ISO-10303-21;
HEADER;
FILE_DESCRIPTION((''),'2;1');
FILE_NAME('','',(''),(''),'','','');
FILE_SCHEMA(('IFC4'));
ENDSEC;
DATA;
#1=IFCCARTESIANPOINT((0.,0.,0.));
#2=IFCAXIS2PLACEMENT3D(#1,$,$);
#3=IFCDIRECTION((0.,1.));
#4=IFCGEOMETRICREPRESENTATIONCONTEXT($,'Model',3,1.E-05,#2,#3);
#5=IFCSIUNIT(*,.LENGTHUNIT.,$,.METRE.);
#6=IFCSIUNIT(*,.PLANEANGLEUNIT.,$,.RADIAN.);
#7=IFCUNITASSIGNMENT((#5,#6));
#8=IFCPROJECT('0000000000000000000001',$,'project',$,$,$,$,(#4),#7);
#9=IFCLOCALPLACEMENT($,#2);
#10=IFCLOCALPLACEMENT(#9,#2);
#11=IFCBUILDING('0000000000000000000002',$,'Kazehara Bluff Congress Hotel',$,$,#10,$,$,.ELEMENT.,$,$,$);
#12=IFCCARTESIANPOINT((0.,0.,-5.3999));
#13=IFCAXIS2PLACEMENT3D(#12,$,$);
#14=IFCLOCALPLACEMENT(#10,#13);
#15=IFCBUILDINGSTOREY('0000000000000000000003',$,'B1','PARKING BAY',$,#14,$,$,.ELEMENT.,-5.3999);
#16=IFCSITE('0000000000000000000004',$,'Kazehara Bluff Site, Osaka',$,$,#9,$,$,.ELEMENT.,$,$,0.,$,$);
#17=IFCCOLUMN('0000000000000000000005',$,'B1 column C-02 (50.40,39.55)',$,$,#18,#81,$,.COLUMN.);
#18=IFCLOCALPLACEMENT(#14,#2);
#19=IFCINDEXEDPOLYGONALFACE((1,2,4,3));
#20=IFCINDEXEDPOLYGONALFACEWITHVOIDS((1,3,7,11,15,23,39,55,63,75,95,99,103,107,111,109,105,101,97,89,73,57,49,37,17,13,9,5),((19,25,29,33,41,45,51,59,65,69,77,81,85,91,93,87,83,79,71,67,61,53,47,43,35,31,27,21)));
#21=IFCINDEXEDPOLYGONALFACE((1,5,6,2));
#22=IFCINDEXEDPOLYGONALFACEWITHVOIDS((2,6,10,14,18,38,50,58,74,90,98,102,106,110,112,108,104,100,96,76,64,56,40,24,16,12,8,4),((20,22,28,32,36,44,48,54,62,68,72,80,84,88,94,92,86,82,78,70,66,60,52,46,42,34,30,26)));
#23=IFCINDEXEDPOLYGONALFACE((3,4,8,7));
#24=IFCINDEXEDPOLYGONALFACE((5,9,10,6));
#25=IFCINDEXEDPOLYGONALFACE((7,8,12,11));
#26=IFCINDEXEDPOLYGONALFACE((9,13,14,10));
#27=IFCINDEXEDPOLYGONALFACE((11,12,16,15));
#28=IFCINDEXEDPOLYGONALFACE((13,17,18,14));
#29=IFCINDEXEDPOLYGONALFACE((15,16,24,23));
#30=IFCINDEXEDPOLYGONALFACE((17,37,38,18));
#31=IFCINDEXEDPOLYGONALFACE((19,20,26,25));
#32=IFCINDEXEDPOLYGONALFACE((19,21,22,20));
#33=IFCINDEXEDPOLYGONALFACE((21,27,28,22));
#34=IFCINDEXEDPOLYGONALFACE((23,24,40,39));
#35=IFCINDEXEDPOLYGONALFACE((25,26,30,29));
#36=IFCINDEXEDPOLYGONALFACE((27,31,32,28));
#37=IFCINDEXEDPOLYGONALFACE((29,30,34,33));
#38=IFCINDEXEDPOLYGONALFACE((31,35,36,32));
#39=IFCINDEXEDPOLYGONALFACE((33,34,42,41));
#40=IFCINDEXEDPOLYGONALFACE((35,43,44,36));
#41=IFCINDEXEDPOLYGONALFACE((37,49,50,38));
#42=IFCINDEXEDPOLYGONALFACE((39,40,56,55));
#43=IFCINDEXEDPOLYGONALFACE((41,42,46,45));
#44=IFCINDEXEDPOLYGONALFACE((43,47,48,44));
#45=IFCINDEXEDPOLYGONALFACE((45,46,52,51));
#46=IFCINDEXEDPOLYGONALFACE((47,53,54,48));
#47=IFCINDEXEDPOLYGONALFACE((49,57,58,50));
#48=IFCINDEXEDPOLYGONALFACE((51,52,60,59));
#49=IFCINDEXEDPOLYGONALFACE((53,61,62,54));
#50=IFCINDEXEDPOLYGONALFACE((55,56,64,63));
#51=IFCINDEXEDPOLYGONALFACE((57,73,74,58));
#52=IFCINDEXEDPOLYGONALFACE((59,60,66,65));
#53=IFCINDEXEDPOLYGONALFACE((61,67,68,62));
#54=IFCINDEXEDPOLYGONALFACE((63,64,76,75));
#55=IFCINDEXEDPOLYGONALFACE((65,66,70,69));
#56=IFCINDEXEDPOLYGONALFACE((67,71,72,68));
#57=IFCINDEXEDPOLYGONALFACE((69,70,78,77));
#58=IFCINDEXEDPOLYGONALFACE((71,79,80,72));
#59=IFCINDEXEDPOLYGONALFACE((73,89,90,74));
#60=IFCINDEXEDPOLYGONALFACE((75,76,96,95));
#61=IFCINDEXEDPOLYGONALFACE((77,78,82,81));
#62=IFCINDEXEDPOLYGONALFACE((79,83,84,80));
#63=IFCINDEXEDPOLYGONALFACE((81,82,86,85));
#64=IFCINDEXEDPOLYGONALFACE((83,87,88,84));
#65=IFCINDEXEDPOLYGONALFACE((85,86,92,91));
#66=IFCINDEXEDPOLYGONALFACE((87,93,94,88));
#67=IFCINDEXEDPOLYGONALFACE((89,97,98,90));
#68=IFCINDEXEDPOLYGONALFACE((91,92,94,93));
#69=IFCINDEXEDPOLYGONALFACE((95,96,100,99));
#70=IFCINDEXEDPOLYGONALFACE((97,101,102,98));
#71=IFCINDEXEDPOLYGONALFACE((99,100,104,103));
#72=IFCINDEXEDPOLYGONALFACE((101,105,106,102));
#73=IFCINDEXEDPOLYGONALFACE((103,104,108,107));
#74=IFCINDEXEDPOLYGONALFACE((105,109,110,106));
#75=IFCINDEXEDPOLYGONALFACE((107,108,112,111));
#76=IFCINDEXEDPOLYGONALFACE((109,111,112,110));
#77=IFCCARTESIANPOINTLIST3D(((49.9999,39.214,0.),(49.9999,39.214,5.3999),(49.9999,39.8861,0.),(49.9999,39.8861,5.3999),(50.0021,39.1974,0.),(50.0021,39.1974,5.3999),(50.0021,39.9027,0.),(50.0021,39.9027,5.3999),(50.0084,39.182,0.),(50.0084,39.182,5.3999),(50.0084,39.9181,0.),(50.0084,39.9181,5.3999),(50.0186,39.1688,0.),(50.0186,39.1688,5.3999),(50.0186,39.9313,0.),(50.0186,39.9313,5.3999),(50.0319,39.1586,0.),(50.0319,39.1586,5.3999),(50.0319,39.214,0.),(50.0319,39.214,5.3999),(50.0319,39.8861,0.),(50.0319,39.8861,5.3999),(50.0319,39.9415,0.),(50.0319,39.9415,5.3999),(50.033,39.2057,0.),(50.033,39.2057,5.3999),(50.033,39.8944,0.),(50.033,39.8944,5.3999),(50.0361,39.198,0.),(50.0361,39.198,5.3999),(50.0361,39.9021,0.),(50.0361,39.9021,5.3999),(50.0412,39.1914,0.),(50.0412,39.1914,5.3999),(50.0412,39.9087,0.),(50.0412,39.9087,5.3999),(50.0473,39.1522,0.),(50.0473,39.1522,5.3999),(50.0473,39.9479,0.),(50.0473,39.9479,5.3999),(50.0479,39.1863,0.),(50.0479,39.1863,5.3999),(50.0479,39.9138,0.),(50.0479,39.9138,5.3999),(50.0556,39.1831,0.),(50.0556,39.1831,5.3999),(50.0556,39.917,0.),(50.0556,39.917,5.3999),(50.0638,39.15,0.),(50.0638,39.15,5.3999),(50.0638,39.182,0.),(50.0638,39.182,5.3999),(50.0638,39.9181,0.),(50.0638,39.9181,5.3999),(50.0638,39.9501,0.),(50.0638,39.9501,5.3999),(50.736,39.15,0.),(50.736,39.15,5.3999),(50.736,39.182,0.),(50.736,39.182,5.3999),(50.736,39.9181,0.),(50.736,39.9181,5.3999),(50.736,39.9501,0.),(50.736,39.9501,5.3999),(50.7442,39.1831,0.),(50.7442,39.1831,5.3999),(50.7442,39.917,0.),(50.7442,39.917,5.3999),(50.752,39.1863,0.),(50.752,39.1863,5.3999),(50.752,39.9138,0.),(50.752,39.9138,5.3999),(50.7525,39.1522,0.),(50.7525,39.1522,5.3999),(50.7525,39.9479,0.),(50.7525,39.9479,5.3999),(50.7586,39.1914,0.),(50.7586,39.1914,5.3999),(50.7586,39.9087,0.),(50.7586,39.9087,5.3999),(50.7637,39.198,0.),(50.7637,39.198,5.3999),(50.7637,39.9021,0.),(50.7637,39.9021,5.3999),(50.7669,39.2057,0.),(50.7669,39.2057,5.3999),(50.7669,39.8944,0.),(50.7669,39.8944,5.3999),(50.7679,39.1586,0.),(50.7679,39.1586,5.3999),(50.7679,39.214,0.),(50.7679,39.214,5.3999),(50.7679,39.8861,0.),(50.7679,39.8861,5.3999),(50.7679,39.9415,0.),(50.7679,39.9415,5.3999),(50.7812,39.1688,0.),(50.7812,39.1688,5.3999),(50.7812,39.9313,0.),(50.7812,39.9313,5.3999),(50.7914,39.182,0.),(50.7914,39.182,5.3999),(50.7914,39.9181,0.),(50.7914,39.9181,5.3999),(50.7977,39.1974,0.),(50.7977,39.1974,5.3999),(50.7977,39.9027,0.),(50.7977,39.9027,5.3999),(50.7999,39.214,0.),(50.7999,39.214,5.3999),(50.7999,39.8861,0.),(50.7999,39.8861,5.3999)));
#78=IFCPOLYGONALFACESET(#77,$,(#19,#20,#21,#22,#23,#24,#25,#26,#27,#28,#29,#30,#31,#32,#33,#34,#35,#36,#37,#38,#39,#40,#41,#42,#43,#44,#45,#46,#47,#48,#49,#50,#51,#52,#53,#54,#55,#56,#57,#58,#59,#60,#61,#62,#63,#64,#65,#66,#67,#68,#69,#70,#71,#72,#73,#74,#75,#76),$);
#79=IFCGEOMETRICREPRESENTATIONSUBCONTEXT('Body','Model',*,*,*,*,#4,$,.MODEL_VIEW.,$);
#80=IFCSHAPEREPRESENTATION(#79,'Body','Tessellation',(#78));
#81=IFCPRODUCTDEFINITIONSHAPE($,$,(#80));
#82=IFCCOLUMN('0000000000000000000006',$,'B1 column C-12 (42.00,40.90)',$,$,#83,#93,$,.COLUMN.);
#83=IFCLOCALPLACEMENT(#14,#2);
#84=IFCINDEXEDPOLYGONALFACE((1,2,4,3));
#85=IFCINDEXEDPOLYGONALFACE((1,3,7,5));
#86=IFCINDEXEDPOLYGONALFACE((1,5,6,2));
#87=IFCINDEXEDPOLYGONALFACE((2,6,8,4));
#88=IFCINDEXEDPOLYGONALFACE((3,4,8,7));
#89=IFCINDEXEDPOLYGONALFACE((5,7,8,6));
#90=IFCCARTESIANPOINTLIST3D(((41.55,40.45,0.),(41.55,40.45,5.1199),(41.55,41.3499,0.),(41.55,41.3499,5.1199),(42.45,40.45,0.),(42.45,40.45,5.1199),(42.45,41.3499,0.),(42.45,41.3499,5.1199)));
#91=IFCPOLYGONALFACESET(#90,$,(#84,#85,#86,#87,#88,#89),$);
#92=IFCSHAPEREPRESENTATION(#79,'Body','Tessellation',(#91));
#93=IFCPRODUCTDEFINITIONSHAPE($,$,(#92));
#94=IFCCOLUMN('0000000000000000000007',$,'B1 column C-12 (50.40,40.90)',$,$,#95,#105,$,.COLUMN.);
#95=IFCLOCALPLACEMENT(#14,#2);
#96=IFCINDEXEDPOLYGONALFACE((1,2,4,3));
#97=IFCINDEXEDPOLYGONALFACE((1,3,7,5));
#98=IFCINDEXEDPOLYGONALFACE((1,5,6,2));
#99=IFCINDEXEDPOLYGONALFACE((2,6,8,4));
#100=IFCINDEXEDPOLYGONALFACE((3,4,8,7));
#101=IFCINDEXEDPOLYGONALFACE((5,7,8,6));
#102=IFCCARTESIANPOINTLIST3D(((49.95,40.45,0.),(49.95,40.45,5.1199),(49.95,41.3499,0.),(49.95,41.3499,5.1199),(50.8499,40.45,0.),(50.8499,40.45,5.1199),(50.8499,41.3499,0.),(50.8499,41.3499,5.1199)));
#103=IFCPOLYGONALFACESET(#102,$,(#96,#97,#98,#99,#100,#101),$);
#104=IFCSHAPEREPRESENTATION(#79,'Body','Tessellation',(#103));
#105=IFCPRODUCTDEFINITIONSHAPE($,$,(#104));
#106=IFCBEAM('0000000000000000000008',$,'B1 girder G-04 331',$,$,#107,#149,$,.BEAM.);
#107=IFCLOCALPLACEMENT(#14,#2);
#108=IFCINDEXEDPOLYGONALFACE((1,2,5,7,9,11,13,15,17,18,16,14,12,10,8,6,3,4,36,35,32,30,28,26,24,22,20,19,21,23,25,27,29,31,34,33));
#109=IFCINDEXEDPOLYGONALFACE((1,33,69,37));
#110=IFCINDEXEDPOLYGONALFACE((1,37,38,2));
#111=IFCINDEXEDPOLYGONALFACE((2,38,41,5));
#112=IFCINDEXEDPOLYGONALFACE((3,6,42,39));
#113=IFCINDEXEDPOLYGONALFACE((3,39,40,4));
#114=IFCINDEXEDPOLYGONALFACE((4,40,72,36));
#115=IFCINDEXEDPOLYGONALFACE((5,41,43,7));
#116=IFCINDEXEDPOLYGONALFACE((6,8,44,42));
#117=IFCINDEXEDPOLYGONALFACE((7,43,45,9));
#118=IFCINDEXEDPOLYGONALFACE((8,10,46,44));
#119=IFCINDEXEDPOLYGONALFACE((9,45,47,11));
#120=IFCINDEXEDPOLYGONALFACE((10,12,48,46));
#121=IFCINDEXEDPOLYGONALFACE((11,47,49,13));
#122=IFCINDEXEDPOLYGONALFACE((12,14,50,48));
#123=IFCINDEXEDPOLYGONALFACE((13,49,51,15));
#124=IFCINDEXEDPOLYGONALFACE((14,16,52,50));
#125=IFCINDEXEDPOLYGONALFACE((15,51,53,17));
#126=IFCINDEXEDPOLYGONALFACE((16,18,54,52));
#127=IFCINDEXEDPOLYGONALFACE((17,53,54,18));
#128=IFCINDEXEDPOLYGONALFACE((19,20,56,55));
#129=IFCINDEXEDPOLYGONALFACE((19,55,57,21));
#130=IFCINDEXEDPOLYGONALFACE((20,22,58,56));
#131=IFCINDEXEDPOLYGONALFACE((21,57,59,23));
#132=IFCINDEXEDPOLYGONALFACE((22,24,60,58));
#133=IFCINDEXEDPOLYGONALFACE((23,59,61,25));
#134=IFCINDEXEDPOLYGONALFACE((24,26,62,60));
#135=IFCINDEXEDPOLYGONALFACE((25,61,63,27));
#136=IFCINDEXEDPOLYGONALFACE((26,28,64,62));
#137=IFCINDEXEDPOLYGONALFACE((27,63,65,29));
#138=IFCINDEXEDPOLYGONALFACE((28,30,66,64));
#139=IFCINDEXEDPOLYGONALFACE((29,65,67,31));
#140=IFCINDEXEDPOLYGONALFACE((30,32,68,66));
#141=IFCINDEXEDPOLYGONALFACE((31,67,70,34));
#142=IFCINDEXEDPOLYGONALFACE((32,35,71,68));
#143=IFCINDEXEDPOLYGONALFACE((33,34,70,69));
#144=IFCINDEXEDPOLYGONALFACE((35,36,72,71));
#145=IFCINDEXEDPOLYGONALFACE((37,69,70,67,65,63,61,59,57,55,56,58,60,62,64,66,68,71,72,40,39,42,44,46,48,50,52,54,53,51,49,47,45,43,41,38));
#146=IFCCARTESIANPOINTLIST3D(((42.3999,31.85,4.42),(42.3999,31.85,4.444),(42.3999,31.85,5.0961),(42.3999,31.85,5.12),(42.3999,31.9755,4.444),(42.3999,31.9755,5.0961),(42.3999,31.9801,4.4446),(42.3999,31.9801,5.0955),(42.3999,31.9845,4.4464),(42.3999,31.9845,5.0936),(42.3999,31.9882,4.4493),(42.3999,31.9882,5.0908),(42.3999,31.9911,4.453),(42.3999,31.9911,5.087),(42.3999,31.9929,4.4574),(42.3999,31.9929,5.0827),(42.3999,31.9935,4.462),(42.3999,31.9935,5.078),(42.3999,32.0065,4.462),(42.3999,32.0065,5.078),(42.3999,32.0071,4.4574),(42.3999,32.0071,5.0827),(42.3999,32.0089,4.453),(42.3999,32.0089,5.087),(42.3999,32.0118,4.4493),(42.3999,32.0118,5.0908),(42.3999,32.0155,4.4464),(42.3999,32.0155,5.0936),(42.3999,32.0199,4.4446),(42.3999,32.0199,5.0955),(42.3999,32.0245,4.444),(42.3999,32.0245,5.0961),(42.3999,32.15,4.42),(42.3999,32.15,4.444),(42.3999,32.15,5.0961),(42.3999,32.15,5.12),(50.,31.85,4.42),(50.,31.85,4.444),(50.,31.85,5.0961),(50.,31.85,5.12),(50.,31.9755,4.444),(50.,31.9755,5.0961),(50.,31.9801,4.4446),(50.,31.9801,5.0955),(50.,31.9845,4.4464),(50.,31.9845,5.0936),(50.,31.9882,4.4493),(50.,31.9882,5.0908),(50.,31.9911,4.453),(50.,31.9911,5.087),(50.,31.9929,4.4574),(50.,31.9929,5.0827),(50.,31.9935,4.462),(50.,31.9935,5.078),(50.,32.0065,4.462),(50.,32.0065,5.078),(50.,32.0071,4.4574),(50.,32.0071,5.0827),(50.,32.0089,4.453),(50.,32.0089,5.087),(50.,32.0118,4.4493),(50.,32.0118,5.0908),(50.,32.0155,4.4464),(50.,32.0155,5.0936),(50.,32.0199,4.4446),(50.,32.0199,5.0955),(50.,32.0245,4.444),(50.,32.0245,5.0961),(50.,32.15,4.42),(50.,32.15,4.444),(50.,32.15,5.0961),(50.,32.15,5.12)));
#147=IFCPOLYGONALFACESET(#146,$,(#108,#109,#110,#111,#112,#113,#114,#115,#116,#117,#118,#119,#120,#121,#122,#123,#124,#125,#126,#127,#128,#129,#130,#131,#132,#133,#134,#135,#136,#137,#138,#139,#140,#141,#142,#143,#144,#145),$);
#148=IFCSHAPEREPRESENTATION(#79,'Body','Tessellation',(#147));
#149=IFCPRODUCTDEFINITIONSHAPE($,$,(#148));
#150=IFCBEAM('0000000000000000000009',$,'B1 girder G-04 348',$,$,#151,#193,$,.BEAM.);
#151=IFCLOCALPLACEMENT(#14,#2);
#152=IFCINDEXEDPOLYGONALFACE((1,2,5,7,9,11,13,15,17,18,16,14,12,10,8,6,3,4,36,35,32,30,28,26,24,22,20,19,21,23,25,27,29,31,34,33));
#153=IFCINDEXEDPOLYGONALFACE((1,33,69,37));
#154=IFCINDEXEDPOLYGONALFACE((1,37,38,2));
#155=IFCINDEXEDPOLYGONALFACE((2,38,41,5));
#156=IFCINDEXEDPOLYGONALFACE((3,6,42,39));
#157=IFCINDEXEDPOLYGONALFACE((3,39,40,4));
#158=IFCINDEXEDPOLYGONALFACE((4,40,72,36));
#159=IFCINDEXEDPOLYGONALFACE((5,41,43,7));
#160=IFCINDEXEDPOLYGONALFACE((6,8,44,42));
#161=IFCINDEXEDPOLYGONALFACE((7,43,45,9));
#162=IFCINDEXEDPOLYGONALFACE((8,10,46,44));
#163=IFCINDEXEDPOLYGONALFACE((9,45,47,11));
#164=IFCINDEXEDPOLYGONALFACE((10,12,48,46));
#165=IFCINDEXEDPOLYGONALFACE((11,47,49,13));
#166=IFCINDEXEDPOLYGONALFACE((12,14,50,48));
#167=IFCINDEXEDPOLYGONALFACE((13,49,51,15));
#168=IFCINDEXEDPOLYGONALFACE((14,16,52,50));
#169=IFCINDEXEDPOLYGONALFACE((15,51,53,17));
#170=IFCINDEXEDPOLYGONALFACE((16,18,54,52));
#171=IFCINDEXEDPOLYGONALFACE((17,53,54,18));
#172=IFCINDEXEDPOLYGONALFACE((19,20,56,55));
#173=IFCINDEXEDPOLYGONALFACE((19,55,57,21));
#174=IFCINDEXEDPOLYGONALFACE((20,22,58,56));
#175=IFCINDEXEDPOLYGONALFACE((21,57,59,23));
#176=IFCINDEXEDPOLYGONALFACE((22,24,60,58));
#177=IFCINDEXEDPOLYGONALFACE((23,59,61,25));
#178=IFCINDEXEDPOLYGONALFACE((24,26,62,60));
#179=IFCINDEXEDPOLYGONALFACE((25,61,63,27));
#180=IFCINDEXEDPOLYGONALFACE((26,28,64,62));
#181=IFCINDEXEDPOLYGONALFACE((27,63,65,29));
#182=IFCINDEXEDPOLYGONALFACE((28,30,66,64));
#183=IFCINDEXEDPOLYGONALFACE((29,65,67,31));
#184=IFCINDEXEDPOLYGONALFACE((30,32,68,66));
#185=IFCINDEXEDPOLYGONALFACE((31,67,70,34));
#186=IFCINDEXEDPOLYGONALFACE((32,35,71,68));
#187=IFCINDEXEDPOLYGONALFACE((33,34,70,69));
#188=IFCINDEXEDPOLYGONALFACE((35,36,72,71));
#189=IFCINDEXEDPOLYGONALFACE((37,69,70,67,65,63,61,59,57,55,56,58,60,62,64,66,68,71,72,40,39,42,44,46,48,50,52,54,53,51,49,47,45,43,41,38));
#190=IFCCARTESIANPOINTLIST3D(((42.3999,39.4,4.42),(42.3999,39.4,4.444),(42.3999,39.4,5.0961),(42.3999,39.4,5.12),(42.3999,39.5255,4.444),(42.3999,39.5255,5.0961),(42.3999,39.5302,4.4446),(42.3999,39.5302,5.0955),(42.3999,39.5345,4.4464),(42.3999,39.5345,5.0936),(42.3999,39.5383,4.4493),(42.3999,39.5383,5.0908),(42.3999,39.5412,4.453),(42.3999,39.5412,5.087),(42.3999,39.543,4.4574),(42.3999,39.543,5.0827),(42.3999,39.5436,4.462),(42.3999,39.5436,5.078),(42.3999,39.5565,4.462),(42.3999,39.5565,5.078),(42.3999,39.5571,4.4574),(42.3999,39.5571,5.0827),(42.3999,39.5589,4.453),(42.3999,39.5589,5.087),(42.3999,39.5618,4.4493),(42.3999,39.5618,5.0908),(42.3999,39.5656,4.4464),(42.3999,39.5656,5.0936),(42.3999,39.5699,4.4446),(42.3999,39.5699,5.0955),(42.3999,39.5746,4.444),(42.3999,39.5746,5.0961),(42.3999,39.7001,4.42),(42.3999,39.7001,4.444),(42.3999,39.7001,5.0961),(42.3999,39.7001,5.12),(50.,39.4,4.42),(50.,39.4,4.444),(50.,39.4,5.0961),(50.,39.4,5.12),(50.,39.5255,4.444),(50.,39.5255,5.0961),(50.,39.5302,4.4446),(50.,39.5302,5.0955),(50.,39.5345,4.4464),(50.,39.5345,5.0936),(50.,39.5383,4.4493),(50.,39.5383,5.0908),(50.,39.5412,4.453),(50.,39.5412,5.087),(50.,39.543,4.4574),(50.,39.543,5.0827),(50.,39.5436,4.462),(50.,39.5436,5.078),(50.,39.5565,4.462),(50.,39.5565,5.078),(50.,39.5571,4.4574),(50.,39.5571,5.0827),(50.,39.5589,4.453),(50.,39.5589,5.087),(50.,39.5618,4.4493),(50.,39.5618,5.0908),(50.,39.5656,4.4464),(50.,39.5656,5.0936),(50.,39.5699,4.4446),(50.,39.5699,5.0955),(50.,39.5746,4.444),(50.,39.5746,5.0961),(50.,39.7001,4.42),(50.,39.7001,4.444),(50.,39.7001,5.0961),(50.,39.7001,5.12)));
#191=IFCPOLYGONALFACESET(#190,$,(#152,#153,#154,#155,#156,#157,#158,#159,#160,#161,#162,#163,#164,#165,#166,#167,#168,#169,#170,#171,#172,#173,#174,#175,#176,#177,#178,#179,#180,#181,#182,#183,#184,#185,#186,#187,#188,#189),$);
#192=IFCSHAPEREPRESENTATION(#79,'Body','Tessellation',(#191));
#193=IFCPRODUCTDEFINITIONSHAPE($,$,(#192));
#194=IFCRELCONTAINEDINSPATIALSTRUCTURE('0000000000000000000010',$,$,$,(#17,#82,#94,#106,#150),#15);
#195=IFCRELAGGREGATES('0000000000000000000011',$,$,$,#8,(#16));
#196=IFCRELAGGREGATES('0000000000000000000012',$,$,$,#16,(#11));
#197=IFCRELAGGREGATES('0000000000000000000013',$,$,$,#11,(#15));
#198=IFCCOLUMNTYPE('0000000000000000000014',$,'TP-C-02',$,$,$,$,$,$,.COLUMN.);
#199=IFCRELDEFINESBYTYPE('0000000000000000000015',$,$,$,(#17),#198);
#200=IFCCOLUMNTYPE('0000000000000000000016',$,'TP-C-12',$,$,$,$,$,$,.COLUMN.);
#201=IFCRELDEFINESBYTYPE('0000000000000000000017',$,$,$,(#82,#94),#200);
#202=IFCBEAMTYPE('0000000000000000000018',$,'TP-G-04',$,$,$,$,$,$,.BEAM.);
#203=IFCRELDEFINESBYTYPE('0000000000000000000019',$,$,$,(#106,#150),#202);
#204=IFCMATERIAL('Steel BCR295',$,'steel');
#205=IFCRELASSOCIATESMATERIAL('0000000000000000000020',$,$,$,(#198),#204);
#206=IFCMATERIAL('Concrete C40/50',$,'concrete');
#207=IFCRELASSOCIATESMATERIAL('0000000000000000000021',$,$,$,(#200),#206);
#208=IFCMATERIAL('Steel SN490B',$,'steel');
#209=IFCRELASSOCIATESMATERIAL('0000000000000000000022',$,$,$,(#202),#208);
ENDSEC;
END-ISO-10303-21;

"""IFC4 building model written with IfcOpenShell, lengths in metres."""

from ifc_helpers import new_model, si_unit, direction, frame, origin, origin_2d, place, context, subcontext, project, spatial, rectangle, hollow_rectangle, i_section, extrude, material, material_profile, profile_set, type_object, element, save


model = new_model("IFC4")

# Units and contexts
model_context = context("Model", 3, precision=1e-05, world=origin(), true_north=direction((0.0, 1.0)))
body_context = subcontext(model_context, "Body", "Model", "MODEL_VIEW")
ifc_project = project(units=[si_unit("LENGTHUNIT", "METRE"), si_unit("PLANEANGLEUNIT", "RADIAN")], contexts=[model_context])

# Site, building, storey
site_placement = place(None, origin())
site = spatial("IfcSite", under=ifc_project, at=site_placement, Name="Kazehara Bluff Site, Osaka", CompositionType="ELEMENT", RefElevation=0.0)
building_placement = place(site_placement, origin())
building = spatial("IfcBuilding", under=site, at=building_placement, Name="Kazehara Bluff Congress Hotel", CompositionType="ELEMENT")
storey_placement = place(building_placement, frame((0.0, 0.0, -5.3999)))
storey = spatial("IfcBuildingStorey", under=building, at=storey_placement, Name="B1", Description="PARKING BAY", CompositionType="ELEMENT", Elevation=-5.3999)

# Columns
ifc_material_1 = material(Name="Steel BCR295", Category="steel")
ifc_material_profile_1 = material_profile(ifc_material_1, hollow_rectangle(XDim=0.8, YDim=0.8, WallThickness=0.032, InnerFilletRadius=0.032, OuterFilletRadius=0.064, at=origin_2d()))
ifc_profile_set_1 = profile_set([ifc_material_profile_1], Name="Steel BCR295")
column_type_1 = type_object("IfcColumnType", Name="TP-C-02", PredefinedType="COLUMN", material=ifc_profile_set_1)
for number, where, z_axis, x_axis, name in (
    (1, (50.3999, 39.55, 0.0), (0.0, 0.0, 1.0), (1.0, 0.0, 0.0), "B1 column C-02 (50.40,39.55)"),
):
    element("IfcColumn", number, at=place(storey_placement, frame(where, z_axis=z_axis, x_axis=x_axis)), inside=storey, type_object=column_type_1, Name=name, PredefinedType="COLUMN", context=body_context, shape_type="SweptSolid", body=[
        extrude(hollow_rectangle(XDim=0.8, YDim=0.8, WallThickness=0.032, InnerFilletRadius=0.032, OuterFilletRadius=0.064, at=origin_2d()), origin(), (0.0, 0.0, 1.0), 5.3999),
    ])
ifc_material_2 = material(Name="Concrete C40/50", Category="concrete")
ifc_material_profile_2 = material_profile(ifc_material_2, rectangle(XDim=0.8999, YDim=0.8999, at=origin_2d()))
ifc_profile_set_2 = profile_set([ifc_material_profile_2], Name="Concrete C40/50")
column_type_2 = type_object("IfcColumnType", Name="TP-C-12", PredefinedType="COLUMN", material=ifc_profile_set_2)
for number, where, z_axis, x_axis, name in (
    (2, (42.0, 40.8999, 0.0), (0.0, 0.0, 1.0), (1.0, 0.0, 0.0), "B1 column C-12 (42.00,40.90)"),
    (3, (50.3999, 40.8999, 0.0), (0.0, 0.0, 1.0), (1.0, 0.0, 0.0), "B1 column C-12 (50.40,40.90)"),
):
    element("IfcColumn", number, at=place(storey_placement, frame(where, z_axis=z_axis, x_axis=x_axis)), inside=storey, type_object=column_type_2, Name=name, PredefinedType="COLUMN", context=body_context, shape_type="SweptSolid", body=[
        extrude(rectangle(XDim=0.8999, YDim=0.8999, at=origin_2d()), origin(), (0.0, 0.0, 1.0), 5.1199),
    ])

# Beams
ifc_material_3 = material(Name="Steel SN490B", Category="steel")
ifc_material_profile_3 = material_profile(ifc_material_3, i_section(OverallWidth=0.3, OverallDepth=0.7, WebThickness=0.0129, FlangeThickness=0.0239, FilletRadius=0.0181, at=origin_2d()))
ifc_profile_set_3 = profile_set([ifc_material_profile_3], Name="Steel SN490B")
beam_type_1 = type_object("IfcBeamType", Name="TP-G-04", PredefinedType="BEAM", material=ifc_profile_set_3)
for number, where, z_axis, x_axis, name in (
    (4, (42.3999, 32.0, 4.77), (1.0, 0.0, 0.0), (0.0, 1.0, 0.0), "B1 girder G-04 331"),
    (5, (42.3999, 39.55, 4.77), (1.0, 0.0, 0.0), (0.0, 1.0, 0.0), "B1 girder G-04 348"),
):
    element("IfcBeam", number, at=place(storey_placement, frame(where, z_axis=z_axis, x_axis=x_axis)), inside=storey, type_object=beam_type_1, Name=name, PredefinedType="BEAM", context=body_context, shape_type="SweptSolid", body=[
        extrude(i_section(OverallWidth=0.3, OverallDepth=0.7, WebThickness=0.0129, FlangeThickness=0.0239, FilletRadius=0.0181, at=origin_2d()), origin(), (0.0, 0.0, 1.0), 7.6001),
    ])

save(model, "model.ifc")
